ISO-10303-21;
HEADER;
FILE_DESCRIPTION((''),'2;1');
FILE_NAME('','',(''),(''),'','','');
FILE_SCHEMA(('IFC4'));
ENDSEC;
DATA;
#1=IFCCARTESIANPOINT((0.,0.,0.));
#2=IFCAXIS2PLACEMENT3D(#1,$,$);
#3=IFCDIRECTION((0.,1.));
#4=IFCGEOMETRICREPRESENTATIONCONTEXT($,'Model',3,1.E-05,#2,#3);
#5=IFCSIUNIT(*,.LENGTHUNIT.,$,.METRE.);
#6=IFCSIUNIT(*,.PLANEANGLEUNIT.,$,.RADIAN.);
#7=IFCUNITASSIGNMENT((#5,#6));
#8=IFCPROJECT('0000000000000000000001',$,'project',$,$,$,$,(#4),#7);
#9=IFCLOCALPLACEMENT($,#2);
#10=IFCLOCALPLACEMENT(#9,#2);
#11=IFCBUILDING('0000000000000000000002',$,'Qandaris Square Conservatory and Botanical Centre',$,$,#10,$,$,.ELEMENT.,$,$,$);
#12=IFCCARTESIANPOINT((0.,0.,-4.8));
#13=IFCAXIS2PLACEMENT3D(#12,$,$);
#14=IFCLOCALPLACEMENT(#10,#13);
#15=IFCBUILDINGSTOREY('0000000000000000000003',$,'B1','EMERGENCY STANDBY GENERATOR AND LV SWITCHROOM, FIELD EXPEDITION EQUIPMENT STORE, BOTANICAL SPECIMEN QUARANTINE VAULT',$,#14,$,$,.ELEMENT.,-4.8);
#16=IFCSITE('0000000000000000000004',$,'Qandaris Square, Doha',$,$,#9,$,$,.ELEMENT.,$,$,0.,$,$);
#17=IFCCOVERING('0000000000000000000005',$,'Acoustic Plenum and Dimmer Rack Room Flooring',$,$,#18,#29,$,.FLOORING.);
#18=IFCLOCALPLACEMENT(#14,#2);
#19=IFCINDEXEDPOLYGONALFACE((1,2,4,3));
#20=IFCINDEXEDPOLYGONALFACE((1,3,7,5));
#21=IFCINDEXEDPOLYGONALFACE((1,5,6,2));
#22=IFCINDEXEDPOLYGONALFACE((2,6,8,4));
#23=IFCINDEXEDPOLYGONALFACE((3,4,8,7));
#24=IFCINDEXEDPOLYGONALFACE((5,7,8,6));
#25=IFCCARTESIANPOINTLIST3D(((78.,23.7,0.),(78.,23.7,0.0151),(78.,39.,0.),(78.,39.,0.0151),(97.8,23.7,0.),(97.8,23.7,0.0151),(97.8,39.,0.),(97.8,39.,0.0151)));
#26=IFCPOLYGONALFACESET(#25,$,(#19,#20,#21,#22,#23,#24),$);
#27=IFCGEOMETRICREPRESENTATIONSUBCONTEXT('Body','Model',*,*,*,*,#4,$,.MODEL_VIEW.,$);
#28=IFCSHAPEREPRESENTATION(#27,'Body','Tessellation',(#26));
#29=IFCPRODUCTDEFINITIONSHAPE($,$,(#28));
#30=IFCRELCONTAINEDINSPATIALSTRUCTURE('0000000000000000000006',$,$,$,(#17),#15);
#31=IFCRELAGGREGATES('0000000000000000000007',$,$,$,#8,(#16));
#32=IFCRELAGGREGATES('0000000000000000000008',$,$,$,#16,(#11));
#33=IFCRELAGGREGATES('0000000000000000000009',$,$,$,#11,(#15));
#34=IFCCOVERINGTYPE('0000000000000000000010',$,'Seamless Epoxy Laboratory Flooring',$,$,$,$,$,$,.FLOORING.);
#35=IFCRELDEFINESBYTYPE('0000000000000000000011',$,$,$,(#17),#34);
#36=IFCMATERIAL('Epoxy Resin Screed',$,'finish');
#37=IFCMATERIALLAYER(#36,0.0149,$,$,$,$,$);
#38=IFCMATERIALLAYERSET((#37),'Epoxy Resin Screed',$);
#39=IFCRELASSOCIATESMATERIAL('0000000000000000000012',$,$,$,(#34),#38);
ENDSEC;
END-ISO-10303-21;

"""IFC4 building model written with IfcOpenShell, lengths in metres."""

from ifc_helpers import new_model, si_unit, direction, frame, origin, place, context, subcontext, project, spatial, polyline, outline, extrude, material, layer, layer_set, type_object, element, save


model = new_model("IFC4")

# Units and contexts
model_context = context("Model", 3, precision=1e-05, world=origin(), true_north=direction((0.0, 1.0)))
body_context = subcontext(model_context, "Body", "Model", "MODEL_VIEW")
ifc_project = project(units=[si_unit("LENGTHUNIT", "METRE"), si_unit("PLANEANGLEUNIT", "RADIAN")], contexts=[model_context])

# Site, building, storey
site_placement = place(None, origin())
site = spatial("IfcSite", under=ifc_project, at=site_placement, Name="Qandaris Square, Doha", CompositionType="ELEMENT", RefElevation=0.0)
building_placement = place(site_placement, origin())
building = spatial("IfcBuilding", under=site, at=building_placement, Name="Qandaris Square Conservatory and Botanical Centre", CompositionType="ELEMENT")
storey_placement = place(building_placement, frame((0.0, 0.0, -4.8)))
storey = spatial("IfcBuildingStorey", under=building, at=storey_placement, Name="B1", Description="EMERGENCY STANDBY GENERATOR AND LV SWITCHROOM, FIELD EXPEDITION EQUIPMENT STORE, BOTANICAL SPECIMEN QUARANTINE VAULT", CompositionType="ELEMENT", Elevation=-4.8)

# Covering
ifc_material_1 = material(Name="Epoxy Resin Screed", Category="finish")
ifc_layer_1 = layer(ifc_material_1, 0.0149)
ifc_layer_set_1 = layer_set([ifc_layer_1], Name="Epoxy Resin Screed")
covering_type_1 = type_object("IfcCoveringType", Name="Seamless Epoxy Laboratory Flooring", PredefinedType="FLOORING", material=ifc_layer_set_1)
covering_1_placement = place(storey_placement, origin())
element("IfcCovering", 1, at=covering_1_placement, inside=storey, type_object=covering_type_1, Name="Acoustic Plenum and Dimmer Rack Room Flooring", PredefinedType="FLOORING", context=body_context, shape_type="SweptSolid", body=[
    extrude(outline(polyline([(78.0, 39.0), (97.8, 39.0), (97.8, 23.7), (78.0, 23.7), (78.0, 39.0)])), origin(), (0.0, 0.0, 1.0), 0.0151),
])

save(model, "model.ifc")
